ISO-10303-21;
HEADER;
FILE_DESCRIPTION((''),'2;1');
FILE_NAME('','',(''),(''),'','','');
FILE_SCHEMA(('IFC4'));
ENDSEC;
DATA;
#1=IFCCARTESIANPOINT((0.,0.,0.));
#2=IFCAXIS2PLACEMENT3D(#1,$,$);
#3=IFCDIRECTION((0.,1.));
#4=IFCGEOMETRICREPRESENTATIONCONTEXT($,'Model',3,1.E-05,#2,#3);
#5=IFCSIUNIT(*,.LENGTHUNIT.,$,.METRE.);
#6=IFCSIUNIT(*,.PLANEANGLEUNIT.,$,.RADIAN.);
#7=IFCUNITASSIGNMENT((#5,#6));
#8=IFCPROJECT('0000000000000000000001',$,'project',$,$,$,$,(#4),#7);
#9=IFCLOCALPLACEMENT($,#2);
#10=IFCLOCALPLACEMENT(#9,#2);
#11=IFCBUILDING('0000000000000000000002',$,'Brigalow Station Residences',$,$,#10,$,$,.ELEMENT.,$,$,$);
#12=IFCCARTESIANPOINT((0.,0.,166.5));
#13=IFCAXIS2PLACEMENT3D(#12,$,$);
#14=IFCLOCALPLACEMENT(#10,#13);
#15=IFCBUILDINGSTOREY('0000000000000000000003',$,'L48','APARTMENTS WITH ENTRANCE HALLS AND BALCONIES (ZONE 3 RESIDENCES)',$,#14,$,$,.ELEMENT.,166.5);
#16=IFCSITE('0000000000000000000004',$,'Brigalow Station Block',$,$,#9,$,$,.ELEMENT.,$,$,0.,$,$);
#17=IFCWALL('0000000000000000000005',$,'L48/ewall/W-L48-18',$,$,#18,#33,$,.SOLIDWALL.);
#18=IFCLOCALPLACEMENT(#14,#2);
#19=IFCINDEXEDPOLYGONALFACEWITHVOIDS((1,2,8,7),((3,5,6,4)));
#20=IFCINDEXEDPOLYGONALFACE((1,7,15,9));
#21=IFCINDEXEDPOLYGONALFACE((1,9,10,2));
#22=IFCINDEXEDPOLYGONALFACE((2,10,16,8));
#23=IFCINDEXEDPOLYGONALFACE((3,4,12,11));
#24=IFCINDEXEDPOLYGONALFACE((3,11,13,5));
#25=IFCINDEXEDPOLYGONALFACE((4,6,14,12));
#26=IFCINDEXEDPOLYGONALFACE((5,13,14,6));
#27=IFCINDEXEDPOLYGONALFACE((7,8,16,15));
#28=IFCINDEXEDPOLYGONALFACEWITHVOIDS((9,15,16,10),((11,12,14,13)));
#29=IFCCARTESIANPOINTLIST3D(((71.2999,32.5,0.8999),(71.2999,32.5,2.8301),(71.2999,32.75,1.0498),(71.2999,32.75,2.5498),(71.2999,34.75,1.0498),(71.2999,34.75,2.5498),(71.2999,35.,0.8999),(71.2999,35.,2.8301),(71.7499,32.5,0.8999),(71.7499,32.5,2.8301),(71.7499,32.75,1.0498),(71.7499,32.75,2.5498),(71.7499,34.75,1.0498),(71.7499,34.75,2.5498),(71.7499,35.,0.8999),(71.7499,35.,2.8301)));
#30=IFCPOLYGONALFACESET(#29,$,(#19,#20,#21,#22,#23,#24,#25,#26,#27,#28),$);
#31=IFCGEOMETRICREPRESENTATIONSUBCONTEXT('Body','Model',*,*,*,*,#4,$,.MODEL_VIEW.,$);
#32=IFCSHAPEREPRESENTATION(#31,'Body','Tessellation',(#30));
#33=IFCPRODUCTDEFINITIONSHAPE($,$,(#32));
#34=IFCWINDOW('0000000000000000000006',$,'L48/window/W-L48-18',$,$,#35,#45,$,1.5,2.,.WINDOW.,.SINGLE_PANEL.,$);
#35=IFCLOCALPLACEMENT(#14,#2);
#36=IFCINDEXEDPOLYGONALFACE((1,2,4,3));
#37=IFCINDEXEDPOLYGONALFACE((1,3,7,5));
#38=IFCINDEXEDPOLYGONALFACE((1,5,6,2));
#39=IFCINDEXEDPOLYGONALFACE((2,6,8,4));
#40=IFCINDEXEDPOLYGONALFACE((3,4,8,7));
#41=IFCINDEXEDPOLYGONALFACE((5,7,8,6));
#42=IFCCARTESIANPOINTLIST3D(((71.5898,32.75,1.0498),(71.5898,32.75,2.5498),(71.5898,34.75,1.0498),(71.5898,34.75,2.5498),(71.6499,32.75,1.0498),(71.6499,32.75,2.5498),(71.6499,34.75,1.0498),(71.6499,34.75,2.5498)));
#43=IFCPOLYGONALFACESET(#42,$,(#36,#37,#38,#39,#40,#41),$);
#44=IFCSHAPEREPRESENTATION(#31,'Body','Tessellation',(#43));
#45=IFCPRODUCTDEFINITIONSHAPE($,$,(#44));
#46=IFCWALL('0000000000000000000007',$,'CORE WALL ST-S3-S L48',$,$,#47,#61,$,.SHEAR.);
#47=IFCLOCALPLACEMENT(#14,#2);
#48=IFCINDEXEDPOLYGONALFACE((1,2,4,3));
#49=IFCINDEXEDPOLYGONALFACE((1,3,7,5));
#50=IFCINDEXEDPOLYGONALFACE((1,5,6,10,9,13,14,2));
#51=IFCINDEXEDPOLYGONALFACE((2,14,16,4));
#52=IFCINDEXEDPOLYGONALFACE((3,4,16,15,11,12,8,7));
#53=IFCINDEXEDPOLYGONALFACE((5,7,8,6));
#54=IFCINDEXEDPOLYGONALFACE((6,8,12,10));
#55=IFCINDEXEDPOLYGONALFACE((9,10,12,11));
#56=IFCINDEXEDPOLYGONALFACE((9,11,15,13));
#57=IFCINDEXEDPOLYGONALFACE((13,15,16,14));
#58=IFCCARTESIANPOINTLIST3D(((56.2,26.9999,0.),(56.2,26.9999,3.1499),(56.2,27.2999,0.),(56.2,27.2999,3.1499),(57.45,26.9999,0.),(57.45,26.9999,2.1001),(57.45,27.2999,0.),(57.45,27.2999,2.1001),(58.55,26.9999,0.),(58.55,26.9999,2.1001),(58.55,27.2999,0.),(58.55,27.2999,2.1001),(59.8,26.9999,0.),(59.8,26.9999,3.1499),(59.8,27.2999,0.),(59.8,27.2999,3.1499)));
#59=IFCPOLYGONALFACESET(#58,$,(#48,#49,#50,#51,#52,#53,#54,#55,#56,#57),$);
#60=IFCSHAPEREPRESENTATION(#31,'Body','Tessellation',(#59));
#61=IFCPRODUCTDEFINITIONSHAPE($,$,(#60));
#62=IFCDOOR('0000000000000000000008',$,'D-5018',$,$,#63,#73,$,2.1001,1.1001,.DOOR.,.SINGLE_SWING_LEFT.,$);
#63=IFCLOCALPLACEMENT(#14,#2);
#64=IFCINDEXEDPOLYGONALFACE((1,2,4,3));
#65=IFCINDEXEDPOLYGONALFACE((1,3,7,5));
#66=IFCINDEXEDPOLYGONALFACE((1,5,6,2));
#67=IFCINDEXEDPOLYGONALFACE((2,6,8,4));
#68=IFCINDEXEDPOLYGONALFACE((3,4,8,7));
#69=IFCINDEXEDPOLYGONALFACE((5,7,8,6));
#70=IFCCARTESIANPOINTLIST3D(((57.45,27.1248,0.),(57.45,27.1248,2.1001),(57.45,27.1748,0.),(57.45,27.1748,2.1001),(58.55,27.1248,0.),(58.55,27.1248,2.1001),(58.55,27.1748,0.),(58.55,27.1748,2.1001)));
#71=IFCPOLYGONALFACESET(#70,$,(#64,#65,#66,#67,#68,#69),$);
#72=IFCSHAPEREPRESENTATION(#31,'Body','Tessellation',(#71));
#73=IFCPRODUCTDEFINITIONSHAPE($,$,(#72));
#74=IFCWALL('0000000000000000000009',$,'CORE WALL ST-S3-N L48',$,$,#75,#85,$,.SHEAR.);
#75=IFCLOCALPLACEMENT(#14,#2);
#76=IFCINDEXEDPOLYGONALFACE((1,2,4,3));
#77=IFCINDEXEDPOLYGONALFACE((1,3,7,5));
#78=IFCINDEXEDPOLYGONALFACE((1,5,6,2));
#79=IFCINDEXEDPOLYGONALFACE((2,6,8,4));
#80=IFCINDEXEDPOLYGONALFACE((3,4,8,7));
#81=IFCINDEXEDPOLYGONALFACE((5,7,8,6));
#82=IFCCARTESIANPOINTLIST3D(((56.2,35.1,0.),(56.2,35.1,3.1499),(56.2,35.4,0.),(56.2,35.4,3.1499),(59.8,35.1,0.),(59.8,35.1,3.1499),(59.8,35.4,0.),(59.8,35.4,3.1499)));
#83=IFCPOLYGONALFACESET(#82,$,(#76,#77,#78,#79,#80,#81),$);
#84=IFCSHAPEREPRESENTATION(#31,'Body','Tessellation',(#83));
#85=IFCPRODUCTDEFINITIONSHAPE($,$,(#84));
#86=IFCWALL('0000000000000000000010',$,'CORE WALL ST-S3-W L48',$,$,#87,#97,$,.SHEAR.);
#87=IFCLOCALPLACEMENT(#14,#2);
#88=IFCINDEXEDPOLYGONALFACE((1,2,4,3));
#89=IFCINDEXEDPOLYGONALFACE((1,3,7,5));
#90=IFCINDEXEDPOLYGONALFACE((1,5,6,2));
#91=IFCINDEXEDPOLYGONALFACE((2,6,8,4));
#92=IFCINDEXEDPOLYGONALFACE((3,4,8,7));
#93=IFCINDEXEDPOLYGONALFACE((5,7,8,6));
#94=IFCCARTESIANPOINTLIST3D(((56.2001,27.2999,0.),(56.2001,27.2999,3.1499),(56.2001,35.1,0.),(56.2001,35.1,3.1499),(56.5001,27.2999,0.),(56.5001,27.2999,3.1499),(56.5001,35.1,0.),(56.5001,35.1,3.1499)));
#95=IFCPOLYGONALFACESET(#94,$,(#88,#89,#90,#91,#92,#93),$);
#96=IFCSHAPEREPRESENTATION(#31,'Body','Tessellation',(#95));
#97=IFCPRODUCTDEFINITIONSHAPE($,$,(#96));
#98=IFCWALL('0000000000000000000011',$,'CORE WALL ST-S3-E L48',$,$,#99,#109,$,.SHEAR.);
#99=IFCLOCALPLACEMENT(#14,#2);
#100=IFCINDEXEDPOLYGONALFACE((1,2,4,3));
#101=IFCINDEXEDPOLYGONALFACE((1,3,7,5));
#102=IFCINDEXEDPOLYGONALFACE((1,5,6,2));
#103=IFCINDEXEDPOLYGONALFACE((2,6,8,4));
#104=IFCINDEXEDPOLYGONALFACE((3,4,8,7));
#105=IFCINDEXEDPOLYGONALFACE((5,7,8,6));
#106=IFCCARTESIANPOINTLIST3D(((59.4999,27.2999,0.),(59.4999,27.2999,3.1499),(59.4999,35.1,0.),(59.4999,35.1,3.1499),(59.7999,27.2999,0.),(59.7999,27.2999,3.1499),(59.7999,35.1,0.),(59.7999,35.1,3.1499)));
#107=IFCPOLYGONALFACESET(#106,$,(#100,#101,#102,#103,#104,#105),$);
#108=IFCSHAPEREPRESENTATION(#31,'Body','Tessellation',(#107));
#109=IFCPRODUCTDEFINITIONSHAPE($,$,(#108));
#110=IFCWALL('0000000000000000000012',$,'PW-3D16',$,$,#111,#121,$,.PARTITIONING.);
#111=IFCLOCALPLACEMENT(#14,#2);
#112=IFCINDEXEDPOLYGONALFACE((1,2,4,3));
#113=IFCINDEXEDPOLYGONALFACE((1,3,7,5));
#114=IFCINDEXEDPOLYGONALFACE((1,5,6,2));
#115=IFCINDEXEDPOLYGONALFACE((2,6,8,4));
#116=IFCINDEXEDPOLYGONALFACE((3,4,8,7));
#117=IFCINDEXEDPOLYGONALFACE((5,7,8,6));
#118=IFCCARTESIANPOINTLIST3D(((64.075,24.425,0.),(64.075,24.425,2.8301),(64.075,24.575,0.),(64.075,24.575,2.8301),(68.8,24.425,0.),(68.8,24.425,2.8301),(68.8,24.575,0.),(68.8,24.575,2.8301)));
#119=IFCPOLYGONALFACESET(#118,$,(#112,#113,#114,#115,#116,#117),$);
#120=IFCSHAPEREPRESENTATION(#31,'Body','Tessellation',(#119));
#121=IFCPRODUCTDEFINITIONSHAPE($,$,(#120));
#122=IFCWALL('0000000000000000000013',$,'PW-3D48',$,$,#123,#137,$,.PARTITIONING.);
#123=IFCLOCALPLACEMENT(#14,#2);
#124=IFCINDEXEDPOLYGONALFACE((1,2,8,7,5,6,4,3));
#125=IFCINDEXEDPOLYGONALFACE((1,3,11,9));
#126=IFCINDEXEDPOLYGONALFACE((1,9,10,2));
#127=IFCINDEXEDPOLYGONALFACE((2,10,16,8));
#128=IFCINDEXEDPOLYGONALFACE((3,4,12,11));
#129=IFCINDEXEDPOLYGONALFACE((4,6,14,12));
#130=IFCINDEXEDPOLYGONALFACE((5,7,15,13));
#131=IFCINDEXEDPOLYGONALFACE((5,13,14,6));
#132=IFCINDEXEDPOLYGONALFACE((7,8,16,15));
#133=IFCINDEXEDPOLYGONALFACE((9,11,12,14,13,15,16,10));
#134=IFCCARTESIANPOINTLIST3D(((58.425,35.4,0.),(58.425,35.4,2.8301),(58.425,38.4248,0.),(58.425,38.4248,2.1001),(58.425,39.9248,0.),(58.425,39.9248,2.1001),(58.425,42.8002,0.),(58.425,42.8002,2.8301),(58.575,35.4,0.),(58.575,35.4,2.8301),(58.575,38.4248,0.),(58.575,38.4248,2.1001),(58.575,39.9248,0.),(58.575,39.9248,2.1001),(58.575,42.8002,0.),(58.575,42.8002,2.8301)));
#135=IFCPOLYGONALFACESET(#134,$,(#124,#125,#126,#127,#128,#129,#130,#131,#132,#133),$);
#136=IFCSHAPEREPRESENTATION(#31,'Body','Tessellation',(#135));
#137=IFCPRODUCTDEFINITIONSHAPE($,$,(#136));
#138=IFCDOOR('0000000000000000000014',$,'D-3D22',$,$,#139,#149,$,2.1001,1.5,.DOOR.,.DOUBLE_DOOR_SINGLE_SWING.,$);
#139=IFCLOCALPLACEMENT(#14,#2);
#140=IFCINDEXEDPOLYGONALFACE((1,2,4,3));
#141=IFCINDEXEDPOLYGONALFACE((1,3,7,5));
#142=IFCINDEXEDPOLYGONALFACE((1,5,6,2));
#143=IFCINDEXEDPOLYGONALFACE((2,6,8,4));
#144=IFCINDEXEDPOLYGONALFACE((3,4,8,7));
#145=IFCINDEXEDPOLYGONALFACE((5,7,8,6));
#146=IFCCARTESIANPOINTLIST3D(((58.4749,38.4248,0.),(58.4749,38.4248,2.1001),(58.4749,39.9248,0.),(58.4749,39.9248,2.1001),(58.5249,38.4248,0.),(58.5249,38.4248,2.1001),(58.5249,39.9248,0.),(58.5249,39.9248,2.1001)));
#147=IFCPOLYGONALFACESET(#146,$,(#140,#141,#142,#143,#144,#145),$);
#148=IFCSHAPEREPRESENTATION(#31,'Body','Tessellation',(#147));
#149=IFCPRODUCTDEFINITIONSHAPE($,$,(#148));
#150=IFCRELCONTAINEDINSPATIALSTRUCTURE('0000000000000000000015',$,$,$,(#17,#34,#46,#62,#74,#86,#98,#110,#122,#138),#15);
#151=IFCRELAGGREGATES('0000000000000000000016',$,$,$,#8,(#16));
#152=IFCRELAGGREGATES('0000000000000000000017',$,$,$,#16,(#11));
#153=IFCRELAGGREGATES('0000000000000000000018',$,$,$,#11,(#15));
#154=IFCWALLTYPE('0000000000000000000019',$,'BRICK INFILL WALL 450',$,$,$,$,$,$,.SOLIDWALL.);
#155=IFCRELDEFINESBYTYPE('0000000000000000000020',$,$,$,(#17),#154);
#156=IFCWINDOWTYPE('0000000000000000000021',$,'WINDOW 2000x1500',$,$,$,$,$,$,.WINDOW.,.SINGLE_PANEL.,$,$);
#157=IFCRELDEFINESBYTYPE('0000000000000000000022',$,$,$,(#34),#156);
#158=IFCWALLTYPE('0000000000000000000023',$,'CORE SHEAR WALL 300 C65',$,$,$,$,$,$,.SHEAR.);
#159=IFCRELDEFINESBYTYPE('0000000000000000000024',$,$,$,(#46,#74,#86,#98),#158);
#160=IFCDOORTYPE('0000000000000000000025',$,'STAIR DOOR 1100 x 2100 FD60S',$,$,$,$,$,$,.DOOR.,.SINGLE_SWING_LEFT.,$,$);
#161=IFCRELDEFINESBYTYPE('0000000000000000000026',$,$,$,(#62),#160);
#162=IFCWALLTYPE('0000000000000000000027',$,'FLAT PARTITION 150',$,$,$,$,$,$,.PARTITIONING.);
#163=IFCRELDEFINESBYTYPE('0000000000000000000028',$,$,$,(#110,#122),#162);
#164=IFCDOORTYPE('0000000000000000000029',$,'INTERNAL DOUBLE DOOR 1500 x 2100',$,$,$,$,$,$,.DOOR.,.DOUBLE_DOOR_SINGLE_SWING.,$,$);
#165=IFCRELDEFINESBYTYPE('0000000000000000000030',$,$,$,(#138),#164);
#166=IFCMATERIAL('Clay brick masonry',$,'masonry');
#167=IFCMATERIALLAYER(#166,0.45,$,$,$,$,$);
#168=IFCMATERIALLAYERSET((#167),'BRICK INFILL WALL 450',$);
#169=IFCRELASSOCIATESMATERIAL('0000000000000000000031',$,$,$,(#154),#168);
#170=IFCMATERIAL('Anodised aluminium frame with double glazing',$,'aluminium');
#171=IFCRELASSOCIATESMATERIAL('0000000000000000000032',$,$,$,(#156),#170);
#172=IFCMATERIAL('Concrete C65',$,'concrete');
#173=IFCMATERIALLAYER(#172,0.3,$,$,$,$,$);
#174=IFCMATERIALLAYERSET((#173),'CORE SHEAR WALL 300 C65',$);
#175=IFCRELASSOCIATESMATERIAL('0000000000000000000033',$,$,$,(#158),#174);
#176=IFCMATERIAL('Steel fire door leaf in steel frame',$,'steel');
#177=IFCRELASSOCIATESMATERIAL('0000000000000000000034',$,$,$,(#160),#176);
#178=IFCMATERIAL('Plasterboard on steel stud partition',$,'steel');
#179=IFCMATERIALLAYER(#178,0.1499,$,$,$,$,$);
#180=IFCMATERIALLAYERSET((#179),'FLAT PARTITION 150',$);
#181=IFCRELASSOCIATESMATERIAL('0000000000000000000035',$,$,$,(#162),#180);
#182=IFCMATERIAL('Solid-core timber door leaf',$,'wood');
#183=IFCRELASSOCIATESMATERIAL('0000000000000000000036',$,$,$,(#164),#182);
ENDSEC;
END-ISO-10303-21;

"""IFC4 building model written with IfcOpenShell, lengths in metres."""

from ifc_helpers import new_model, si_unit, direction, frame, frame_2d, origin, place, context, subcontext, project, spatial, rectangle, extrude, material, layer, layer_set, type_object, element, fill, save


model = new_model("IFC4")

# Units and contexts
model_context = context("Model", 3, precision=1e-05, world=origin(), true_north=direction((0.0, 1.0)))
body_context = subcontext(model_context, "Body", "Model", "MODEL_VIEW")
ifc_project = project(units=[si_unit("LENGTHUNIT", "METRE"), si_unit("PLANEANGLEUNIT", "RADIAN")], contexts=[model_context])

# Site, building, storey
site_placement = place(None, origin())
site = spatial("IfcSite", under=ifc_project, at=site_placement, Name="Brigalow Station Block", CompositionType="ELEMENT", RefElevation=0.0)
building_placement = place(site_placement, origin())
building = spatial("IfcBuilding", under=site, at=building_placement, Name="Brigalow Station Residences", CompositionType="ELEMENT")
storey_placement = place(building_placement, frame((0.0, 0.0, 166.5)))
storey = spatial("IfcBuildingStorey", under=building, at=storey_placement, Name="L48", Description="APARTMENTS WITH ENTRANCE HALLS AND BALCONIES (ZONE 3 RESIDENCES)", CompositionType="ELEMENT", Elevation=166.5)

# Shared definitions
ifc_material_1 = material(Name="Clay brick masonry", Category="masonry")
ifc_layer_1 = layer(ifc_material_1, 0.45)
ifc_layer_set_1 = layer_set([ifc_layer_1], Name="BRICK INFILL WALL 450")
wall_type_1 = type_object("IfcWallType", Name="BRICK INFILL WALL 450", PredefinedType="SOLIDWALL", material=ifc_layer_set_1)

# Wall, opening, window
wall_1_placement = place(storey_placement, frame((71.5249, 32.5, 0.8999), z_axis=(0.0, 0.0, 1.0), x_axis=(0.0, 1.0, 0.0)))
wall_1 = element("IfcWall", 1, at=wall_1_placement, inside=storey, type_object=wall_type_1, Name="L48/ewall/W-L48-18", PredefinedType="SOLIDWALL", context=body_context, shape_type="SweptSolid", body=[
    extrude(rectangle(XDim=2.5, YDim=0.45, at=frame_2d((1.25, 0.0))), origin(), (0.0, 0.0, 1.0), 1.9302),
])
opening_1_placement = place(wall_1_placement, frame((0.25, 0.0, 0.1499)))
opening_1 = element("IfcOpeningElement", 2, at=opening_1_placement, cuts=wall_1, PredefinedType="OPENING", context=body_context, shape_type="SweptSolid", body=[
    extrude(rectangle(XDim=2.0, YDim=1.5, at=frame_2d((1.0, 0.75))), frame((0.0, 0.2349, 0.0), z_axis=(0.0, -1.0, 0.0), x_axis=(1.0, 0.0, 0.0)), (0.0, 0.0, 1.0), 0.47),
])
ifc_material_2 = material(Name="Anodised aluminium frame with double glazing", Category="aluminium")
window_type_1 = type_object("IfcWindowType", Name="WINDOW 2000x1500", PartitioningType="SINGLE_PANEL", PredefinedType="WINDOW", material=ifc_material_2)
window_1_placement = place(opening_1_placement, origin())
window_1 = element("IfcWindow", 3, at=window_1_placement, inside=storey, type_object=window_type_1, Name="L48/window/W-L48-18", OverallHeight=1.5, OverallWidth=2.0, PartitioningType="SINGLE_PANEL", PredefinedType="WINDOW", context=body_context, shape_type="SweptSolid", body=[
    extrude(rectangle(XDim=2.0, YDim=1.5, at=frame_2d((1.0, 0.75))), frame((0.0, -0.0649, 0.0), z_axis=(0.0, -1.0, 0.0), x_axis=(1.0, 0.0, 0.0)), (0.0, 0.0, 1.0), 0.0601),
])
fill(opening_1, window_1)

# Wall, opening, door
ifc_material_3 = material(Name="Concrete C65", Category="concrete")
ifc_layer_2 = layer(ifc_material_3, 0.3)
ifc_layer_set_2 = layer_set([ifc_layer_2], Name="CORE SHEAR WALL 300 C65")
wall_type_2 = type_object("IfcWallType", Name="CORE SHEAR WALL 300 C65", PredefinedType="SHEAR", material=ifc_layer_set_2)
wall_2_placement = place(storey_placement, frame((56.2, 27.1499, 0.0), z_axis=(0.0, 0.0, 1.0), x_axis=(1.0, 0.0, 0.0)))
wall_2 = element("IfcWall", 4, at=wall_2_placement, inside=storey, type_object=wall_type_2, Name="CORE WALL ST-S3-S L48", PredefinedType="SHEAR", context=body_context, shape_type="SweptSolid", body=[
    extrude(rectangle(XDim=3.6001, YDim=0.3, at=frame_2d((1.8, 0.0))), origin(), (0.0, 0.0, 1.0), 3.1499),
])
opening_2_placement = place(wall_2_placement, frame((1.25, 0.0, 0.0)))
opening_2 = element("IfcOpeningElement", 5, at=opening_2_placement, cuts=wall_2, PredefinedType="OPENING", context=body_context, shape_type="SweptSolid", body=[
    extrude(rectangle(XDim=1.1001, YDim=2.1001, at=frame_2d((0.55, 1.05))), frame((0.0, 0.1602, 0.0), z_axis=(0.0, -1.0, 0.0), x_axis=(1.0, 0.0, 0.0)), (0.0, 0.0, 1.0), 0.3201),
])
ifc_material_4 = material(Name="Steel fire door leaf in steel frame", Category="steel")
door_type_1 = type_object("IfcDoorType", Name="STAIR DOOR 1100 x 2100 FD60S", OperationType="SINGLE_SWING_LEFT", PredefinedType="DOOR", material=ifc_material_4)
door_1_placement = place(opening_2_placement, origin())
door_1 = element("IfcDoor", 6, at=door_1_placement, inside=storey, type_object=door_type_1, Name="D-5018", OperationType="SINGLE_SWING_LEFT", OverallHeight=2.1001, OverallWidth=1.1001, PredefinedType="DOOR", context=body_context, shape_type="SweptSolid", body=[
    extrude(rectangle(XDim=1.1001, YDim=2.1001, at=frame_2d((0.55, 1.05))), frame((0.0, 0.0249, 0.0), z_axis=(0.0, -1.0, 0.0), x_axis=(1.0, 0.0, 0.0)), (0.0, 0.0, 1.0), 0.05),
])
fill(opening_2, door_1)

# Walls
wall_3_placement = place(storey_placement, frame((56.2, 35.25, 0.0), z_axis=(0.0, 0.0, 1.0), x_axis=(1.0, 0.0, 0.0)))
element("IfcWall", 7, at=wall_3_placement, inside=storey, type_object=wall_type_2, Name="CORE WALL ST-S3-N L48", PredefinedType="SHEAR", context=body_context, shape_type="SweptSolid", body=[
    extrude(rectangle(XDim=3.6001, YDim=0.3, at=frame_2d((1.8, 0.0))), origin(), (0.0, 0.0, 1.0), 3.1499),
])
for number, where, z_axis, x_axis, name in (
    (8, (56.3501, 27.3, 0.0), (0.0, 0.0, 1.0), (0.0, 1.0, 0.0), "CORE WALL ST-S3-W L48"),
    (9, (59.6499, 27.3, 0.0), (0.0, 0.0, 1.0), (0.0, 1.0, 0.0), "CORE WALL ST-S3-E L48"),
):
    element("IfcWall", number, at=place(storey_placement, frame(where, z_axis=z_axis, x_axis=x_axis)), inside=storey, type_object=wall_type_2, Name=name, PredefinedType="SHEAR", context=body_context, shape_type="SweptSolid", body=[
        extrude(rectangle(XDim=7.8, YDim=0.3, at=frame_2d((3.8999, 0.0))), origin(), (0.0, 0.0, 1.0), 3.1499),
    ])
ifc_material_5 = material(Name="Plasterboard on steel stud partition", Category="steel")
ifc_layer_3 = layer(ifc_material_5, 0.1499)
ifc_layer_set_3 = layer_set([ifc_layer_3], Name="FLAT PARTITION 150")
wall_type_3 = type_object("IfcWallType", Name="FLAT PARTITION 150", PredefinedType="PARTITIONING", material=ifc_layer_set_3)
wall_4_placement = place(storey_placement, frame((64.075, 24.5, 0.0), z_axis=(0.0, 0.0, 1.0), x_axis=(1.0, 0.0, 0.0)))
element("IfcWall", 10, at=wall_4_placement, inside=storey, type_object=wall_type_3, Name="PW-3D16", PredefinedType="PARTITIONING", context=body_context, shape_type="SweptSolid", body=[
    extrude(rectangle(XDim=4.7251, YDim=0.1499, at=frame_2d((2.3625, 0.0))), origin(), (0.0, 0.0, 1.0), 2.8301),
])

# Wall, opening, door
wall_5_placement = place(storey_placement, frame((58.5, 35.3999, 0.0), z_axis=(0.0, 0.0, 1.0), x_axis=(0.0, 1.0, 0.0)))
wall_5 = element("IfcWall", 11, at=wall_5_placement, inside=storey, type_object=wall_type_3, Name="PW-3D48", PredefinedType="PARTITIONING", context=body_context, shape_type="SweptSolid", body=[
    extrude(rectangle(XDim=7.4001, YDim=0.1499, at=frame_2d((3.7002, 0.0))), origin(), (0.0, 0.0, 1.0), 2.8301),
])
opening_3_placement = place(wall_5_placement, frame((3.0249, 0.0, 0.0)))
opening_3 = element("IfcOpeningElement", 12, at=opening_3_placement, cuts=wall_5, PredefinedType="OPENING", context=body_context, shape_type="SweptSolid", body=[
    extrude(rectangle(XDim=1.5, YDim=2.1001, at=frame_2d((0.75, 1.05))), frame((0.0, 0.085, 0.0), z_axis=(0.0, -1.0, 0.0), x_axis=(1.0, 0.0, 0.0)), (0.0, 0.0, 1.0), 0.1699),
])
ifc_material_6 = material(Name="Solid-core timber door leaf", Category="wood")
door_type_2 = type_object("IfcDoorType", Name="INTERNAL DOUBLE DOOR 1500 x 2100", OperationType="DOUBLE_DOOR_SINGLE_SWING", PredefinedType="DOOR", material=ifc_material_6)
door_2_placement = place(opening_3_placement, frame((1.5, 0.0, 0.0), z_axis=(0.0, 0.0, 1.0), x_axis=(-1.0, 0.0, 0.0)))
door_2 = element("IfcDoor", 13, at=door_2_placement, inside=storey, type_object=door_type_2, Name="D-3D22", OperationType="DOUBLE_DOOR_SINGLE_SWING", OverallHeight=2.1001, OverallWidth=1.5, PredefinedType="DOOR", context=body_context, shape_type="SweptSolid", body=[
    extrude(rectangle(XDim=1.5, YDim=2.1001, at=frame_2d((0.75, 1.05))), frame((0.0, 0.0249, 0.0), z_axis=(0.0, -1.0, 0.0), x_axis=(1.0, 0.0, 0.0)), (0.0, 0.0, 1.0), 0.05),
])
fill(opening_3, door_2)

save(model, "model.ifc")
